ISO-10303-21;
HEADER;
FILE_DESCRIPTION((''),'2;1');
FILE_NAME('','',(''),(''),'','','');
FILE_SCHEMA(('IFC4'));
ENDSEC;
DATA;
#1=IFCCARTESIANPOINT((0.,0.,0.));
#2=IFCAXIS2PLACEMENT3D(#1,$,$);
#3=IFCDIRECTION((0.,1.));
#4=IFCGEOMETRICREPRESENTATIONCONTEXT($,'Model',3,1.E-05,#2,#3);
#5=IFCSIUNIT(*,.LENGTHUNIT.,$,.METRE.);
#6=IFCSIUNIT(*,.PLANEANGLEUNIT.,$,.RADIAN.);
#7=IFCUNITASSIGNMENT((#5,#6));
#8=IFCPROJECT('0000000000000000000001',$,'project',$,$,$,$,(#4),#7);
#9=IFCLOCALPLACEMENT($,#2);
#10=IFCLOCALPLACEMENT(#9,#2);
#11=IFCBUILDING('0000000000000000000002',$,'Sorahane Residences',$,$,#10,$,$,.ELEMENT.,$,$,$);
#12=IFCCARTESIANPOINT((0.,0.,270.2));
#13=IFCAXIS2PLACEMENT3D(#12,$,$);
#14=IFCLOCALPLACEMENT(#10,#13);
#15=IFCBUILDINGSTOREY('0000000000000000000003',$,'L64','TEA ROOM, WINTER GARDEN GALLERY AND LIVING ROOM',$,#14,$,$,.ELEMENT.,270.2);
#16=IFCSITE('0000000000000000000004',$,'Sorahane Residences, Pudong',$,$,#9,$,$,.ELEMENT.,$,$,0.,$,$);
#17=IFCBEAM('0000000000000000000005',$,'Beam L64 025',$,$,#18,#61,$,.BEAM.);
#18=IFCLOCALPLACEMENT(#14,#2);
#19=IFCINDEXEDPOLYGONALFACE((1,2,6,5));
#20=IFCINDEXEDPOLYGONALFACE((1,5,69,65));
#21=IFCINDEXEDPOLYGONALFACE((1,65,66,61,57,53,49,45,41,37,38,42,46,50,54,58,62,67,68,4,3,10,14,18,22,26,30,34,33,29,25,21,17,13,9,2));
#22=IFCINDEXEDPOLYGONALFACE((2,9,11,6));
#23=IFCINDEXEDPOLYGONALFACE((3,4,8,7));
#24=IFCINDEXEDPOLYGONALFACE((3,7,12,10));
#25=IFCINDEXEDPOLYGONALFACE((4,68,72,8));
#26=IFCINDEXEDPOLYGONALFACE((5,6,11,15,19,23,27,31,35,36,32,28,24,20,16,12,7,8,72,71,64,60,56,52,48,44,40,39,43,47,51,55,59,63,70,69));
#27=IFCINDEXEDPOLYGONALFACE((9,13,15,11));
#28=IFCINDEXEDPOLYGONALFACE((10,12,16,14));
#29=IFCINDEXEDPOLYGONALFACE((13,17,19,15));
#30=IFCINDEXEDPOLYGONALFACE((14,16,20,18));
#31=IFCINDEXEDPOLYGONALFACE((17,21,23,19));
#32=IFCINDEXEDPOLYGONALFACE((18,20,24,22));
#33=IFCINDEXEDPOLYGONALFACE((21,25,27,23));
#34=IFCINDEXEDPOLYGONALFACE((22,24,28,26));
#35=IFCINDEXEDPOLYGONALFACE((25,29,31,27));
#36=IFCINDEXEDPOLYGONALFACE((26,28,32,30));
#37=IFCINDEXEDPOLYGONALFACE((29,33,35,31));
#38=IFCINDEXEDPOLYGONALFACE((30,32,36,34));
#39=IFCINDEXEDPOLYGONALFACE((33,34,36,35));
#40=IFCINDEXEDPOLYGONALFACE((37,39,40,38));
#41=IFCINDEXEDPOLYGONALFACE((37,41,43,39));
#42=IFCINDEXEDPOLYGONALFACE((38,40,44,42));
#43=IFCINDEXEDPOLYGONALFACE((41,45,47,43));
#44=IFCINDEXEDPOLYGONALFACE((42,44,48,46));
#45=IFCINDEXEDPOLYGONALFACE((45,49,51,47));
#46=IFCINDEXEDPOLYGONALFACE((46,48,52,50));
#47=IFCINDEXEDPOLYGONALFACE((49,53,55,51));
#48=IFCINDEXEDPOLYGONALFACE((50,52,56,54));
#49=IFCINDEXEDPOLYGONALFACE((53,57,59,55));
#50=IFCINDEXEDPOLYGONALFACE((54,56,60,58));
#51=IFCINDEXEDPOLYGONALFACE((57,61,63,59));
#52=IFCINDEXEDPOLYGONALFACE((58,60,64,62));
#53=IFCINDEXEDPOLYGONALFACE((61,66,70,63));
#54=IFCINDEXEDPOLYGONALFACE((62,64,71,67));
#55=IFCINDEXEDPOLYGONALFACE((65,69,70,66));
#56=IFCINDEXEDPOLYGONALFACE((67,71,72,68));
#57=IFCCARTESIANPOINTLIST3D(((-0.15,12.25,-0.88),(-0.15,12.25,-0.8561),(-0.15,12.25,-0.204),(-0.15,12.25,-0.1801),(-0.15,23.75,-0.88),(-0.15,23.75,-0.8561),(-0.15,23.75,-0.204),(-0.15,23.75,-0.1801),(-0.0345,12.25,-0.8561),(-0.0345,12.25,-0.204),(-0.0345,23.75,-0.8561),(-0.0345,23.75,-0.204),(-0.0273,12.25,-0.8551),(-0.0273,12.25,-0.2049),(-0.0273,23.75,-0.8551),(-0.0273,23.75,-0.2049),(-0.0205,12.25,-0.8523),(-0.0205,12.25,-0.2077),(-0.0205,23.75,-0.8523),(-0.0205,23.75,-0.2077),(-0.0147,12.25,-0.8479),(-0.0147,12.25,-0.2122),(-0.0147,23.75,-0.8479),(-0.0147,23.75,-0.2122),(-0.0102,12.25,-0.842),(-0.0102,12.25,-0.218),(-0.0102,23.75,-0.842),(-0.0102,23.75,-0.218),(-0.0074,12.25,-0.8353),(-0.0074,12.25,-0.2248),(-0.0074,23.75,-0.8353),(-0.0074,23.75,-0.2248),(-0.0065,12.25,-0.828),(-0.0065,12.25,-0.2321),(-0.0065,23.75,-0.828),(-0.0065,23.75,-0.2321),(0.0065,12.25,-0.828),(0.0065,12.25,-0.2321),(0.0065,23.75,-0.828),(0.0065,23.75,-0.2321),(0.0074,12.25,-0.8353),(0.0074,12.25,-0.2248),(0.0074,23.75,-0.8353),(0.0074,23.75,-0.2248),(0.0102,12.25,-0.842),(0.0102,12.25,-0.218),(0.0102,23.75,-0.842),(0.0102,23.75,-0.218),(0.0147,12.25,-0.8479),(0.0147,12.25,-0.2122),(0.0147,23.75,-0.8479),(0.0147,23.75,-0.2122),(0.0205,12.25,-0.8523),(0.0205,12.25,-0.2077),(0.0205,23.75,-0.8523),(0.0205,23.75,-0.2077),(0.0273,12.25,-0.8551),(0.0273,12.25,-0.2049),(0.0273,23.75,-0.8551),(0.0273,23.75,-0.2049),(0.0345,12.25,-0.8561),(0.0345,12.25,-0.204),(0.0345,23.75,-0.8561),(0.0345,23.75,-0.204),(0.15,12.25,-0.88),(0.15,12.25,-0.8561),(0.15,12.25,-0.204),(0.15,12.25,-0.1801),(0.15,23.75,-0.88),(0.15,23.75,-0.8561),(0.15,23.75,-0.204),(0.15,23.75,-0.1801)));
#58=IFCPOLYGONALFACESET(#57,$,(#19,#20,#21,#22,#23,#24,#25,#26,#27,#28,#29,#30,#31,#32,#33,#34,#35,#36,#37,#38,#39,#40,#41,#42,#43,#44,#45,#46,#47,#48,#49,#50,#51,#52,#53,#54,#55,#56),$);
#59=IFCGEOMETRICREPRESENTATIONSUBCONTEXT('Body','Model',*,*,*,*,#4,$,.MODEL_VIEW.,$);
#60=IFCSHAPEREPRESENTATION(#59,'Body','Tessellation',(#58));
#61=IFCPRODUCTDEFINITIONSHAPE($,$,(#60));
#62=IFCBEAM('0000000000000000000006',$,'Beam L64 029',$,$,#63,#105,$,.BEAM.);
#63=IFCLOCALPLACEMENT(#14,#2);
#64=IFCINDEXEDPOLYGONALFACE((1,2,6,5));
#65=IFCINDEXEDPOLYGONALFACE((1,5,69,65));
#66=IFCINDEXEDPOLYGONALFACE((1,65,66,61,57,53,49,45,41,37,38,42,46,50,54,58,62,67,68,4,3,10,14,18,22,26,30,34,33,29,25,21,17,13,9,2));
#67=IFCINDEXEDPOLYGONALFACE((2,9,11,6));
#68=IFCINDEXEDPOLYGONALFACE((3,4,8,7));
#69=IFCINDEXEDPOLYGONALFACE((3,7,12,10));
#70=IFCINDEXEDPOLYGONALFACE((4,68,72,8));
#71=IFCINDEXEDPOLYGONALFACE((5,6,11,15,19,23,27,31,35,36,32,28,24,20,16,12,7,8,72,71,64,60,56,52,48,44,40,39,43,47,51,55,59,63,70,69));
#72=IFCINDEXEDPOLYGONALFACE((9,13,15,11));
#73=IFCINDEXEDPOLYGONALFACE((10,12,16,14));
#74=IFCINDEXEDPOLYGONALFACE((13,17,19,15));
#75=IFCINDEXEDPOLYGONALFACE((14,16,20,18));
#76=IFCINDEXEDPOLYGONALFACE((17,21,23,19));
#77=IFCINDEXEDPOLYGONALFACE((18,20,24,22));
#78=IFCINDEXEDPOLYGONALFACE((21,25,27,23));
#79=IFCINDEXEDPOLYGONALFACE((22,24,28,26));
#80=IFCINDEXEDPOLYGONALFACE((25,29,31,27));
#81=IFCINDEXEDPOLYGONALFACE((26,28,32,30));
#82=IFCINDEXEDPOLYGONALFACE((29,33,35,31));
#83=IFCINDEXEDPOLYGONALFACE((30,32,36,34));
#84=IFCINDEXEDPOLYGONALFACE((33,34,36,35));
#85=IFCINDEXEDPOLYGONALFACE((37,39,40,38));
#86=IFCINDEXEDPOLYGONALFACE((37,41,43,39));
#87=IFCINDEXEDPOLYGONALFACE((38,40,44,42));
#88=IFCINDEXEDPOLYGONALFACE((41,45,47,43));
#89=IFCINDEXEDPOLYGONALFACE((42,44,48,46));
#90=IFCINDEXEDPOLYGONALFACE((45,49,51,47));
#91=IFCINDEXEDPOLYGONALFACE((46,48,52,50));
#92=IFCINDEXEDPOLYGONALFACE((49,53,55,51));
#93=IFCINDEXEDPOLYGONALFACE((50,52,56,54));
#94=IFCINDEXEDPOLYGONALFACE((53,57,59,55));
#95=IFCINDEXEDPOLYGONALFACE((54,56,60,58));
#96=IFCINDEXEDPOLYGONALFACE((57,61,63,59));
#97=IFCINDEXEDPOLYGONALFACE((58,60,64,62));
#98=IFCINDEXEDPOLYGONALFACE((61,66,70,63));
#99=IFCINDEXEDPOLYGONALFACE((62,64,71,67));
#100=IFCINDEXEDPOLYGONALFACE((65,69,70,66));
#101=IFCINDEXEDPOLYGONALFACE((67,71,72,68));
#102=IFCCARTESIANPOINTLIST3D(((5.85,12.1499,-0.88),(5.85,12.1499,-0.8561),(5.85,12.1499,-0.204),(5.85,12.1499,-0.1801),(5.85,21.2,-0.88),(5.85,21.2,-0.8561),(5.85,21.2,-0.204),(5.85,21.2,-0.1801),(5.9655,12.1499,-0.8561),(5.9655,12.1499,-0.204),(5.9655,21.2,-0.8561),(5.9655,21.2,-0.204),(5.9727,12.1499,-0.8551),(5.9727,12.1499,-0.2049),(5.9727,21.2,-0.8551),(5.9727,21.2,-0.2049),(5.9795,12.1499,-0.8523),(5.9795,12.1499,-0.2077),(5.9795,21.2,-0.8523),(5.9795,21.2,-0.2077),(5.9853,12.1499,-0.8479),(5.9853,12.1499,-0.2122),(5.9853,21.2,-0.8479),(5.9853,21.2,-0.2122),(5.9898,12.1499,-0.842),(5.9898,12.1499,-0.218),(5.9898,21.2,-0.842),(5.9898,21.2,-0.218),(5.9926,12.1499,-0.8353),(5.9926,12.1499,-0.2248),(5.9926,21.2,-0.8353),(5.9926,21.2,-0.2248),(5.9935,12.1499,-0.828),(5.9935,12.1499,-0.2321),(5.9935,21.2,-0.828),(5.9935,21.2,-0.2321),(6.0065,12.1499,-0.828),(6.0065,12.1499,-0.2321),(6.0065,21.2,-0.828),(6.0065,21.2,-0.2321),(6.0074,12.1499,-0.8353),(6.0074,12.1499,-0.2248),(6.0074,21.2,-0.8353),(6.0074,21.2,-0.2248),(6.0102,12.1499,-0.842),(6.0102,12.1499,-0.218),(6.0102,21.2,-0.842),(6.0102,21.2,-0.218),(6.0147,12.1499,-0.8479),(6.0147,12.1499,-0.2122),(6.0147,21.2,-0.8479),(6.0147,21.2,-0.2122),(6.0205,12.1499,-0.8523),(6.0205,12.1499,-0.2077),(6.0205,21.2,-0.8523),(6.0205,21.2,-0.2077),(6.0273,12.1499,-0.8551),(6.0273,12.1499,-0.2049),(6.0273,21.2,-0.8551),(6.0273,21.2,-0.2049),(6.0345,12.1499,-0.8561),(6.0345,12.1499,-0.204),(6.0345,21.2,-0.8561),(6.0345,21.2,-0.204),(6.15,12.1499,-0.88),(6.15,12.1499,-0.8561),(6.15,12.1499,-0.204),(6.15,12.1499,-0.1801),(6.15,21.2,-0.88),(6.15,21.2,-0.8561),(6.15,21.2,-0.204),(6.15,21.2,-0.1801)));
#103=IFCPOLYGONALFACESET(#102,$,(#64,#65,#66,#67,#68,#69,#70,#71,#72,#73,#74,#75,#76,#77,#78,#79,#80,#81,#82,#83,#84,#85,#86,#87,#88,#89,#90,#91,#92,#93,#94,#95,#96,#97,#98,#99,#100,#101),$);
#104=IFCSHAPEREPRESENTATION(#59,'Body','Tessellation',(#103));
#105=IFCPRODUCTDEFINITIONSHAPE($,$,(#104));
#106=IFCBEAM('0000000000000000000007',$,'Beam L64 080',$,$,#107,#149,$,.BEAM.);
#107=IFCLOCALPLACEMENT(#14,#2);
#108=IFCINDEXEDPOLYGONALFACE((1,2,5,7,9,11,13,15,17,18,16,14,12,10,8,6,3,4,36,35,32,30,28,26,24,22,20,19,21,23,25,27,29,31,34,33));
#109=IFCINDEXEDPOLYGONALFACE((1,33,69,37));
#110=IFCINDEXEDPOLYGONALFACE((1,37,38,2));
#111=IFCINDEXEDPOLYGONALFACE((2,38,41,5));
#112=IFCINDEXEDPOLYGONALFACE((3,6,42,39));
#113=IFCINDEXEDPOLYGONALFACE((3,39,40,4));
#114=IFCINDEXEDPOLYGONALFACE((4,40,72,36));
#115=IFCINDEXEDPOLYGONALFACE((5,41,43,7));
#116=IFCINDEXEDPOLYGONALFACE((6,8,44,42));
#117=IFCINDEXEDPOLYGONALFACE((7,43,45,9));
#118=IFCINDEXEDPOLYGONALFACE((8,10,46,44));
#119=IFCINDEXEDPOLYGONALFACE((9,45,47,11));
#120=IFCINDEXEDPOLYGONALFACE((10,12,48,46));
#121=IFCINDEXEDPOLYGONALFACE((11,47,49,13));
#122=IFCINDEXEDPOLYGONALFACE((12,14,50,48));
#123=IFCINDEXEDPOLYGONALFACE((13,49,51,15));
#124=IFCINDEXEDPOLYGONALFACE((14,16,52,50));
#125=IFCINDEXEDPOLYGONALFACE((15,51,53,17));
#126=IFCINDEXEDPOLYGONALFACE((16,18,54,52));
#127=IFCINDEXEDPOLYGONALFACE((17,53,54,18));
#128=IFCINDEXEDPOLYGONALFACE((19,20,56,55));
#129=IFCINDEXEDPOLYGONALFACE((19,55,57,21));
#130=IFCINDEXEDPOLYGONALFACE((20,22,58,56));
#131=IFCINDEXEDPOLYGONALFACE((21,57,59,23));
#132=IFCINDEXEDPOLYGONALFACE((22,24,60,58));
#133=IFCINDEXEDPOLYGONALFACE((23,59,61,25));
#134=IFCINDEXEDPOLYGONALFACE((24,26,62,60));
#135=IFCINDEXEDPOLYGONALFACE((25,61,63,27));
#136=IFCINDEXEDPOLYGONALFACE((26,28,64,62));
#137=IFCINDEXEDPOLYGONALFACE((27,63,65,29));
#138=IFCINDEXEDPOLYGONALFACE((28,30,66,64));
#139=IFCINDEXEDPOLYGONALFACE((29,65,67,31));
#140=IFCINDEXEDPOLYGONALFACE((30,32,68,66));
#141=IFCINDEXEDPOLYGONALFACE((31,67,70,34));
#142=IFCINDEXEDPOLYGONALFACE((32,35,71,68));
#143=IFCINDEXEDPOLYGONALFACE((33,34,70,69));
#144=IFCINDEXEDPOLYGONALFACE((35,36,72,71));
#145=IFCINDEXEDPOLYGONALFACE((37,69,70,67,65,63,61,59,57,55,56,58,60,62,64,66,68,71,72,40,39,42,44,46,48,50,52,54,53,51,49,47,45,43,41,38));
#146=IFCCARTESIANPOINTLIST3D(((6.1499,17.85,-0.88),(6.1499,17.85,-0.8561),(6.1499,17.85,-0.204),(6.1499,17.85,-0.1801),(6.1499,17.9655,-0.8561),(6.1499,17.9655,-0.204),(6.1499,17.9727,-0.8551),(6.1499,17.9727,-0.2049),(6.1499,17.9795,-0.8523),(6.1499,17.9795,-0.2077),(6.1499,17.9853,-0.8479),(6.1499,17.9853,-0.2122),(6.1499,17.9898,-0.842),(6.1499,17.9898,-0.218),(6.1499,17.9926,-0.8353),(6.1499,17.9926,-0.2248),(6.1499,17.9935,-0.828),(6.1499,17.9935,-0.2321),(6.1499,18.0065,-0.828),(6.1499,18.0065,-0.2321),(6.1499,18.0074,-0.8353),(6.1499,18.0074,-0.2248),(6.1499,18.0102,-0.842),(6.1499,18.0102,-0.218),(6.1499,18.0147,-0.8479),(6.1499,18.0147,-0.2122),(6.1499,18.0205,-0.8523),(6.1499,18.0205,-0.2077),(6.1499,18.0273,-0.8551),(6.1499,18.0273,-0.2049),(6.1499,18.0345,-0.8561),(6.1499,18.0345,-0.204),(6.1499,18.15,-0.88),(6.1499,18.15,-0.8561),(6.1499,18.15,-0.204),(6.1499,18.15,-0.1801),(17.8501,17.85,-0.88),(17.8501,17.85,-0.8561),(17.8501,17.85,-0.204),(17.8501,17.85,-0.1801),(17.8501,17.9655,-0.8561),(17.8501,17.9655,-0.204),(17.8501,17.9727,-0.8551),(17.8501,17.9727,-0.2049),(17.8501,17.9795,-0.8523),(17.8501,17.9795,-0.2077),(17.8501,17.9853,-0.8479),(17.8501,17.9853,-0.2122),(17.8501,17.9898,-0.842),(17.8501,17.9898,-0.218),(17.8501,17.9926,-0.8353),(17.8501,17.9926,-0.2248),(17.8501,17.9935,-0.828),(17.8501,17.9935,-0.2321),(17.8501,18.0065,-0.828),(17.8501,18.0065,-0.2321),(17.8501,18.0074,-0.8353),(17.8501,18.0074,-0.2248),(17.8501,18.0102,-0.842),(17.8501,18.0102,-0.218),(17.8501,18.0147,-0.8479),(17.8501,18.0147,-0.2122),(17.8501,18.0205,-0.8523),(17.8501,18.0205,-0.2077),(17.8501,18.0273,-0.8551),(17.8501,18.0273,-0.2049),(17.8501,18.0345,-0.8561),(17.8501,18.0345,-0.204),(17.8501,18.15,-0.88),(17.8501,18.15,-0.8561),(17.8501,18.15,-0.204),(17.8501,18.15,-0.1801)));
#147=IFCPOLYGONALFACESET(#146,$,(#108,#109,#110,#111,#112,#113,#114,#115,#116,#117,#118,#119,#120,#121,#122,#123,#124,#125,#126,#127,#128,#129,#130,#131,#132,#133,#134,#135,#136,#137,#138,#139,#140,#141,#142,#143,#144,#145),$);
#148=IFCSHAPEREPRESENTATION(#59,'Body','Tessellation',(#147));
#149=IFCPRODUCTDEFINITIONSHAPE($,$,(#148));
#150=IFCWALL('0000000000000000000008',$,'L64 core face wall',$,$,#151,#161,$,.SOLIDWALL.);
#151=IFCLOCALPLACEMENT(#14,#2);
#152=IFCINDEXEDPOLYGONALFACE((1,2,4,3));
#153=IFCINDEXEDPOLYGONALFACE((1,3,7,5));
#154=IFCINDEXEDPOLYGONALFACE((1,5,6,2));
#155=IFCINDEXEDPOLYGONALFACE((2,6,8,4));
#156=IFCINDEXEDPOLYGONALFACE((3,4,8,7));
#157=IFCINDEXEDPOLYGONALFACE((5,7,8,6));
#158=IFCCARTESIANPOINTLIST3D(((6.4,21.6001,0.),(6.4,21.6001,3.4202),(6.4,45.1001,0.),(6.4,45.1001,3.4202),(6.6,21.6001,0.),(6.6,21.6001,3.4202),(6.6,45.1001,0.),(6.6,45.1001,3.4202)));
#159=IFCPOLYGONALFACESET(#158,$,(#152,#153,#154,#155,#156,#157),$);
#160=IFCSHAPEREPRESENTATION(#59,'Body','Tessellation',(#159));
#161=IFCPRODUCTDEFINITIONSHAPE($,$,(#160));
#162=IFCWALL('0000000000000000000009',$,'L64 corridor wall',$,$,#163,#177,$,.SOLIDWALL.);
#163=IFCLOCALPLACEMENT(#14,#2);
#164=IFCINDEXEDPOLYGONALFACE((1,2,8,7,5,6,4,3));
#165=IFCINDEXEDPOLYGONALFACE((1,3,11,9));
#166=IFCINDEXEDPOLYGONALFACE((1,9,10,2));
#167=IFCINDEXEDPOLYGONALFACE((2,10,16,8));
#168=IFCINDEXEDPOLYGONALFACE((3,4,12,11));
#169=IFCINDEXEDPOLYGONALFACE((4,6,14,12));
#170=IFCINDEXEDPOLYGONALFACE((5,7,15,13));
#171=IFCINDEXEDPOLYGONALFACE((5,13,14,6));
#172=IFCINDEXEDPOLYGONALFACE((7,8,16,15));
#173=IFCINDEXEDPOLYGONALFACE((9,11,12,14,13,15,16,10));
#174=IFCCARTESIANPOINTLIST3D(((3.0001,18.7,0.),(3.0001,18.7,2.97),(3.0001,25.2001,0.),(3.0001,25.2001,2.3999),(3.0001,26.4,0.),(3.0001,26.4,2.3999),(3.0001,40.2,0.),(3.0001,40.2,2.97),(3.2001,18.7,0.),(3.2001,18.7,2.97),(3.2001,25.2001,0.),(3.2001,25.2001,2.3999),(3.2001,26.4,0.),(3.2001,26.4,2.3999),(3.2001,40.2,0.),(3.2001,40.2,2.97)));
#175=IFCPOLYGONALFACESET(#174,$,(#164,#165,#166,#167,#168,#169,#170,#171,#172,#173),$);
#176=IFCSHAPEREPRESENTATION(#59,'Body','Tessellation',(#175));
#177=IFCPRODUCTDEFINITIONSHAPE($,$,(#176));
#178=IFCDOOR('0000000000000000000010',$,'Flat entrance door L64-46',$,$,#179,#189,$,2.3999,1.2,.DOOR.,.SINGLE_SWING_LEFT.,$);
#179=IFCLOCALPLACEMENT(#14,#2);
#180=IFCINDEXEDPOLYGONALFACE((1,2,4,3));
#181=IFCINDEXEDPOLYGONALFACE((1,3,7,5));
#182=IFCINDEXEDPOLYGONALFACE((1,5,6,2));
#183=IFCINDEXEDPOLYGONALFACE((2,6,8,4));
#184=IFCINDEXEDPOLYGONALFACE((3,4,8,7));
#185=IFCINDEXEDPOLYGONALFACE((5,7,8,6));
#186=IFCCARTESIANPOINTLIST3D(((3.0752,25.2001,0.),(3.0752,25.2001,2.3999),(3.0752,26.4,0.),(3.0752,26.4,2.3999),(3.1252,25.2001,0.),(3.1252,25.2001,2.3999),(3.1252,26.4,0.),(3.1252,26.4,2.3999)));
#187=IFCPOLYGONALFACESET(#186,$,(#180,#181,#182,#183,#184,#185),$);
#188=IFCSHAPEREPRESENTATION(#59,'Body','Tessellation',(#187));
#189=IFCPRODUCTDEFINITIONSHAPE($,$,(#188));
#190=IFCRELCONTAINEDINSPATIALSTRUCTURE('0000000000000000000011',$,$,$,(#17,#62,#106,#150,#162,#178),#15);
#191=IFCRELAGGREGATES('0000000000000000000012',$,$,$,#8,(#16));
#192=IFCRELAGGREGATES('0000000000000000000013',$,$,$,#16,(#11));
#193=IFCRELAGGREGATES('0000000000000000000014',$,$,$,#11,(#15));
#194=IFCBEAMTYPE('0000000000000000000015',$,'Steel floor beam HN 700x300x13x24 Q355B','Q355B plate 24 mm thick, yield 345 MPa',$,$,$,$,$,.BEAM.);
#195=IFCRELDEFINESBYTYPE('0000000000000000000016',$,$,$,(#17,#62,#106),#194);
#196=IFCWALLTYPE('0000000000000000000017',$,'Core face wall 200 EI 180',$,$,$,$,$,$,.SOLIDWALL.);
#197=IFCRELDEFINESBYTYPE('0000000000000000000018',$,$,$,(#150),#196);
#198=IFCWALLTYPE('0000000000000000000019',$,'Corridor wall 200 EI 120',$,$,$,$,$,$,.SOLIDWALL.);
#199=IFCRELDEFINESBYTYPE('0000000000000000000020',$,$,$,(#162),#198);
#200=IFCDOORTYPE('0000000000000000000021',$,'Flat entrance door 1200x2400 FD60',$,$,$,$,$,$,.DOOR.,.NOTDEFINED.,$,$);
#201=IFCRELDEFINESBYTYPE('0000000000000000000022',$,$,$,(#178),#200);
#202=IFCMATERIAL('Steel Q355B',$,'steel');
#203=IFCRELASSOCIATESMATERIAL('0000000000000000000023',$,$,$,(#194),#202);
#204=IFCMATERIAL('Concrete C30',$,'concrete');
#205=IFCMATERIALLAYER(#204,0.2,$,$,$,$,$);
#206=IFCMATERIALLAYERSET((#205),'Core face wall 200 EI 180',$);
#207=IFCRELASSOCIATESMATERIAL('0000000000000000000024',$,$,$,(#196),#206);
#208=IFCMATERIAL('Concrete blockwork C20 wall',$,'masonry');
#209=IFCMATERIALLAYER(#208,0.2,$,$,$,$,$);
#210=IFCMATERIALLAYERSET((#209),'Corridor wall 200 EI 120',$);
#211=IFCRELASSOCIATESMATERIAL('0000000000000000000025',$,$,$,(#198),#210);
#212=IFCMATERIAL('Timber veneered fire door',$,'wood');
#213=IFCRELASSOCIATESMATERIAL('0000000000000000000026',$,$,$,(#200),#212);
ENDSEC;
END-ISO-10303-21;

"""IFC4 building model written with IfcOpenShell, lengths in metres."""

from ifc_helpers import new_model, si_unit, direction, frame, frame_2d, origin, origin_2d, place, context, subcontext, project, spatial, rectangle, i_section, extrude, material, layer, layer_set, material_profile, profile_set, type_object, element, fill, save


model = new_model("IFC4")

# Units and contexts
model_context = context("Model", 3, precision=1e-05, world=origin(), true_north=direction((0.0, 1.0)))
body_context = subcontext(model_context, "Body", "Model", "MODEL_VIEW")
ifc_project = project(units=[si_unit("LENGTHUNIT", "METRE"), si_unit("PLANEANGLEUNIT", "RADIAN")], contexts=[model_context])

# Site, building, storey
site_placement = place(None, origin())
site = spatial("IfcSite", under=ifc_project, at=site_placement, Name="Sorahane Residences, Pudong", CompositionType="ELEMENT", RefElevation=0.0)
building_placement = place(site_placement, origin())
building = spatial("IfcBuilding", under=site, at=building_placement, Name="Sorahane Residences", CompositionType="ELEMENT")
storey_placement = place(building_placement, frame((0.0, 0.0, 270.2)))
storey = spatial("IfcBuildingStorey", under=building, at=storey_placement, Name="L64", Description="TEA ROOM, WINTER GARDEN GALLERY AND LIVING ROOM", CompositionType="ELEMENT", Elevation=270.2)

# Beams
ifc_material_1 = material(Name="Steel Q355B", Category="steel")
ifc_material_profile_1 = material_profile(ifc_material_1, i_section(OverallWidth=0.3, OverallDepth=0.7, WebThickness=0.0129, FlangeThickness=0.0239, FilletRadius=0.0281, at=origin_2d()), Name="HN 700x300x13x24")
ifc_profile_set_1 = profile_set([ifc_material_profile_1], Name="Steel Q355B")
beam_type_1 = type_object("IfcBeamType", Name="Steel floor beam HN 700x300x13x24 Q355B", Description="Q355B plate 24 mm thick, yield 345 MPa", PredefinedType="BEAM", material=ifc_profile_set_1)
for number, where, z_axis, x_axis, name in (
    (1, (0.0, 12.25, -0.53), (0.0, 1.0, 0.0), (-1.0, 0.0, 0.0), "Beam L64 025"),
):
    element("IfcBeam", number, at=place(storey_placement, frame(where, z_axis=z_axis, x_axis=x_axis)), inside=storey, type_object=beam_type_1, Name=name, PredefinedType="BEAM", context=body_context, shape_type="SweptSolid", body=[
        extrude(i_section(OverallWidth=0.3, OverallDepth=0.7, WebThickness=0.0129, FlangeThickness=0.0239, FilletRadius=0.0281, at=origin_2d()), origin(), (0.0, 0.0, 1.0), 11.5),
    ])
beam_1_placement = place(storey_placement, frame((6.0, 12.1499, -0.53), z_axis=(0.0, 1.0, 0.0), x_axis=(-1.0, 0.0, 0.0)))
element("IfcBeam", 2, at=beam_1_placement, inside=storey, type_object=beam_type_1, Name="Beam L64 029", PredefinedType="BEAM", context=body_context, shape_type="SweptSolid", body=[
    extrude(i_section(OverallWidth=0.3, OverallDepth=0.7, WebThickness=0.0129, FlangeThickness=0.0239, FilletRadius=0.0281, at=origin_2d()), origin(), (0.0, 0.0, 1.0), 9.05),
])
beam_2_placement = place(storey_placement, frame((6.1499, 18.0, -0.53), z_axis=(1.0, 0.0, 0.0), x_axis=(0.0, 1.0, 0.0)))
element("IfcBeam", 3, at=beam_2_placement, inside=storey, type_object=beam_type_1, Name="Beam L64 080", PredefinedType="BEAM", context=body_context, shape_type="SweptSolid", body=[
    extrude(i_section(OverallWidth=0.3, OverallDepth=0.7, WebThickness=0.0129, FlangeThickness=0.0239, FilletRadius=0.0281, at=origin_2d()), origin(), (0.0, 0.0, 1.0), 11.7002),
])

# Wall
ifc_material_2 = material(Name="Concrete C30", Category="concrete")
ifc_layer_1 = layer(ifc_material_2, 0.2)
ifc_layer_set_1 = layer_set([ifc_layer_1], Name="Core face wall 200 EI 180")
wall_type_1 = type_object("IfcWallType", Name="Core face wall 200 EI 180", PredefinedType="SOLIDWALL", material=ifc_layer_set_1)
wall_1_placement = place(storey_placement, frame((6.5, 21.6001, 0.0), z_axis=(0.0, 0.0, 1.0), x_axis=(0.0, 1.0, 0.0)))
element("IfcWall", 4, at=wall_1_placement, inside=storey, type_object=wall_type_1, Name="L64 core face wall", PredefinedType="SOLIDWALL", context=body_context, shape_type="SweptSolid", body=[
    extrude(rectangle(XDim=23.5, YDim=0.2, at=frame_2d((11.75, 0.0))), origin(), (0.0, 0.0, 1.0), 3.4202),
])

# Wall, opening, door
ifc_material_3 = material(Name="Concrete blockwork C20 wall", Category="masonry")
ifc_layer_2 = layer(ifc_material_3, 0.2)
ifc_layer_set_2 = layer_set([ifc_layer_2], Name="Corridor wall 200 EI 120")
wall_type_2 = type_object("IfcWallType", Name="Corridor wall 200 EI 120", PredefinedType="SOLIDWALL", material=ifc_layer_set_2)
wall_2_placement = place(storey_placement, frame((3.1001, 18.7, 0.0), z_axis=(0.0, 0.0, 1.0), x_axis=(0.0, 1.0, 0.0)))
wall_2 = element("IfcWall", 5, at=wall_2_placement, inside=storey, type_object=wall_type_2, Name="L64 corridor wall", PredefinedType="SOLIDWALL", context=body_context, shape_type="SweptSolid", body=[
    extrude(rectangle(XDim=21.5, YDim=0.2, at=frame_2d((10.75, 0.0))), origin(), (0.0, 0.0, 1.0), 2.97),
])
opening_1_placement = place(wall_2_placement, frame((6.5, 0.0, 0.0)))
opening_1 = element("IfcOpeningElement", 6, at=opening_1_placement, cuts=wall_2, PredefinedType="OPENING", context=body_context, shape_type="SweptSolid", body=[
    extrude(rectangle(XDim=1.2, YDim=2.3999, at=frame_2d((0.6001, 1.2))), frame((0.0, 0.1099, 0.0), z_axis=(0.0, -1.0, 0.0), x_axis=(1.0, 0.0, 0.0)), (0.0, 0.0, 1.0), 0.22),
])
ifc_material_4 = material(Name="Timber veneered fire door", Category="wood")
door_type_1 = type_object("IfcDoorType", Name="Flat entrance door 1200x2400 FD60", OperationType="NOTDEFINED", PredefinedType="DOOR", material=ifc_material_4)
door_1_placement = place(opening_1_placement, origin())
door_1 = element("IfcDoor", 7, at=door_1_placement, inside=storey, type_object=door_type_1, Name="Flat entrance door L64-46", OperationType="SINGLE_SWING_LEFT", OverallHeight=2.3999, OverallWidth=1.2, PredefinedType="DOOR", context=body_context, shape_type="SweptSolid", body=[
    extrude(rectangle(XDim=1.2, YDim=2.3999, at=frame_2d((0.6001, 1.2))), frame((0.0, 0.0249, 0.0), z_axis=(0.0, -1.0, 0.0), x_axis=(1.0, 0.0, 0.0)), (0.0, 0.0, 1.0), 0.05),
])
fill(opening_1, door_1)

save(model, "model.ifc")
